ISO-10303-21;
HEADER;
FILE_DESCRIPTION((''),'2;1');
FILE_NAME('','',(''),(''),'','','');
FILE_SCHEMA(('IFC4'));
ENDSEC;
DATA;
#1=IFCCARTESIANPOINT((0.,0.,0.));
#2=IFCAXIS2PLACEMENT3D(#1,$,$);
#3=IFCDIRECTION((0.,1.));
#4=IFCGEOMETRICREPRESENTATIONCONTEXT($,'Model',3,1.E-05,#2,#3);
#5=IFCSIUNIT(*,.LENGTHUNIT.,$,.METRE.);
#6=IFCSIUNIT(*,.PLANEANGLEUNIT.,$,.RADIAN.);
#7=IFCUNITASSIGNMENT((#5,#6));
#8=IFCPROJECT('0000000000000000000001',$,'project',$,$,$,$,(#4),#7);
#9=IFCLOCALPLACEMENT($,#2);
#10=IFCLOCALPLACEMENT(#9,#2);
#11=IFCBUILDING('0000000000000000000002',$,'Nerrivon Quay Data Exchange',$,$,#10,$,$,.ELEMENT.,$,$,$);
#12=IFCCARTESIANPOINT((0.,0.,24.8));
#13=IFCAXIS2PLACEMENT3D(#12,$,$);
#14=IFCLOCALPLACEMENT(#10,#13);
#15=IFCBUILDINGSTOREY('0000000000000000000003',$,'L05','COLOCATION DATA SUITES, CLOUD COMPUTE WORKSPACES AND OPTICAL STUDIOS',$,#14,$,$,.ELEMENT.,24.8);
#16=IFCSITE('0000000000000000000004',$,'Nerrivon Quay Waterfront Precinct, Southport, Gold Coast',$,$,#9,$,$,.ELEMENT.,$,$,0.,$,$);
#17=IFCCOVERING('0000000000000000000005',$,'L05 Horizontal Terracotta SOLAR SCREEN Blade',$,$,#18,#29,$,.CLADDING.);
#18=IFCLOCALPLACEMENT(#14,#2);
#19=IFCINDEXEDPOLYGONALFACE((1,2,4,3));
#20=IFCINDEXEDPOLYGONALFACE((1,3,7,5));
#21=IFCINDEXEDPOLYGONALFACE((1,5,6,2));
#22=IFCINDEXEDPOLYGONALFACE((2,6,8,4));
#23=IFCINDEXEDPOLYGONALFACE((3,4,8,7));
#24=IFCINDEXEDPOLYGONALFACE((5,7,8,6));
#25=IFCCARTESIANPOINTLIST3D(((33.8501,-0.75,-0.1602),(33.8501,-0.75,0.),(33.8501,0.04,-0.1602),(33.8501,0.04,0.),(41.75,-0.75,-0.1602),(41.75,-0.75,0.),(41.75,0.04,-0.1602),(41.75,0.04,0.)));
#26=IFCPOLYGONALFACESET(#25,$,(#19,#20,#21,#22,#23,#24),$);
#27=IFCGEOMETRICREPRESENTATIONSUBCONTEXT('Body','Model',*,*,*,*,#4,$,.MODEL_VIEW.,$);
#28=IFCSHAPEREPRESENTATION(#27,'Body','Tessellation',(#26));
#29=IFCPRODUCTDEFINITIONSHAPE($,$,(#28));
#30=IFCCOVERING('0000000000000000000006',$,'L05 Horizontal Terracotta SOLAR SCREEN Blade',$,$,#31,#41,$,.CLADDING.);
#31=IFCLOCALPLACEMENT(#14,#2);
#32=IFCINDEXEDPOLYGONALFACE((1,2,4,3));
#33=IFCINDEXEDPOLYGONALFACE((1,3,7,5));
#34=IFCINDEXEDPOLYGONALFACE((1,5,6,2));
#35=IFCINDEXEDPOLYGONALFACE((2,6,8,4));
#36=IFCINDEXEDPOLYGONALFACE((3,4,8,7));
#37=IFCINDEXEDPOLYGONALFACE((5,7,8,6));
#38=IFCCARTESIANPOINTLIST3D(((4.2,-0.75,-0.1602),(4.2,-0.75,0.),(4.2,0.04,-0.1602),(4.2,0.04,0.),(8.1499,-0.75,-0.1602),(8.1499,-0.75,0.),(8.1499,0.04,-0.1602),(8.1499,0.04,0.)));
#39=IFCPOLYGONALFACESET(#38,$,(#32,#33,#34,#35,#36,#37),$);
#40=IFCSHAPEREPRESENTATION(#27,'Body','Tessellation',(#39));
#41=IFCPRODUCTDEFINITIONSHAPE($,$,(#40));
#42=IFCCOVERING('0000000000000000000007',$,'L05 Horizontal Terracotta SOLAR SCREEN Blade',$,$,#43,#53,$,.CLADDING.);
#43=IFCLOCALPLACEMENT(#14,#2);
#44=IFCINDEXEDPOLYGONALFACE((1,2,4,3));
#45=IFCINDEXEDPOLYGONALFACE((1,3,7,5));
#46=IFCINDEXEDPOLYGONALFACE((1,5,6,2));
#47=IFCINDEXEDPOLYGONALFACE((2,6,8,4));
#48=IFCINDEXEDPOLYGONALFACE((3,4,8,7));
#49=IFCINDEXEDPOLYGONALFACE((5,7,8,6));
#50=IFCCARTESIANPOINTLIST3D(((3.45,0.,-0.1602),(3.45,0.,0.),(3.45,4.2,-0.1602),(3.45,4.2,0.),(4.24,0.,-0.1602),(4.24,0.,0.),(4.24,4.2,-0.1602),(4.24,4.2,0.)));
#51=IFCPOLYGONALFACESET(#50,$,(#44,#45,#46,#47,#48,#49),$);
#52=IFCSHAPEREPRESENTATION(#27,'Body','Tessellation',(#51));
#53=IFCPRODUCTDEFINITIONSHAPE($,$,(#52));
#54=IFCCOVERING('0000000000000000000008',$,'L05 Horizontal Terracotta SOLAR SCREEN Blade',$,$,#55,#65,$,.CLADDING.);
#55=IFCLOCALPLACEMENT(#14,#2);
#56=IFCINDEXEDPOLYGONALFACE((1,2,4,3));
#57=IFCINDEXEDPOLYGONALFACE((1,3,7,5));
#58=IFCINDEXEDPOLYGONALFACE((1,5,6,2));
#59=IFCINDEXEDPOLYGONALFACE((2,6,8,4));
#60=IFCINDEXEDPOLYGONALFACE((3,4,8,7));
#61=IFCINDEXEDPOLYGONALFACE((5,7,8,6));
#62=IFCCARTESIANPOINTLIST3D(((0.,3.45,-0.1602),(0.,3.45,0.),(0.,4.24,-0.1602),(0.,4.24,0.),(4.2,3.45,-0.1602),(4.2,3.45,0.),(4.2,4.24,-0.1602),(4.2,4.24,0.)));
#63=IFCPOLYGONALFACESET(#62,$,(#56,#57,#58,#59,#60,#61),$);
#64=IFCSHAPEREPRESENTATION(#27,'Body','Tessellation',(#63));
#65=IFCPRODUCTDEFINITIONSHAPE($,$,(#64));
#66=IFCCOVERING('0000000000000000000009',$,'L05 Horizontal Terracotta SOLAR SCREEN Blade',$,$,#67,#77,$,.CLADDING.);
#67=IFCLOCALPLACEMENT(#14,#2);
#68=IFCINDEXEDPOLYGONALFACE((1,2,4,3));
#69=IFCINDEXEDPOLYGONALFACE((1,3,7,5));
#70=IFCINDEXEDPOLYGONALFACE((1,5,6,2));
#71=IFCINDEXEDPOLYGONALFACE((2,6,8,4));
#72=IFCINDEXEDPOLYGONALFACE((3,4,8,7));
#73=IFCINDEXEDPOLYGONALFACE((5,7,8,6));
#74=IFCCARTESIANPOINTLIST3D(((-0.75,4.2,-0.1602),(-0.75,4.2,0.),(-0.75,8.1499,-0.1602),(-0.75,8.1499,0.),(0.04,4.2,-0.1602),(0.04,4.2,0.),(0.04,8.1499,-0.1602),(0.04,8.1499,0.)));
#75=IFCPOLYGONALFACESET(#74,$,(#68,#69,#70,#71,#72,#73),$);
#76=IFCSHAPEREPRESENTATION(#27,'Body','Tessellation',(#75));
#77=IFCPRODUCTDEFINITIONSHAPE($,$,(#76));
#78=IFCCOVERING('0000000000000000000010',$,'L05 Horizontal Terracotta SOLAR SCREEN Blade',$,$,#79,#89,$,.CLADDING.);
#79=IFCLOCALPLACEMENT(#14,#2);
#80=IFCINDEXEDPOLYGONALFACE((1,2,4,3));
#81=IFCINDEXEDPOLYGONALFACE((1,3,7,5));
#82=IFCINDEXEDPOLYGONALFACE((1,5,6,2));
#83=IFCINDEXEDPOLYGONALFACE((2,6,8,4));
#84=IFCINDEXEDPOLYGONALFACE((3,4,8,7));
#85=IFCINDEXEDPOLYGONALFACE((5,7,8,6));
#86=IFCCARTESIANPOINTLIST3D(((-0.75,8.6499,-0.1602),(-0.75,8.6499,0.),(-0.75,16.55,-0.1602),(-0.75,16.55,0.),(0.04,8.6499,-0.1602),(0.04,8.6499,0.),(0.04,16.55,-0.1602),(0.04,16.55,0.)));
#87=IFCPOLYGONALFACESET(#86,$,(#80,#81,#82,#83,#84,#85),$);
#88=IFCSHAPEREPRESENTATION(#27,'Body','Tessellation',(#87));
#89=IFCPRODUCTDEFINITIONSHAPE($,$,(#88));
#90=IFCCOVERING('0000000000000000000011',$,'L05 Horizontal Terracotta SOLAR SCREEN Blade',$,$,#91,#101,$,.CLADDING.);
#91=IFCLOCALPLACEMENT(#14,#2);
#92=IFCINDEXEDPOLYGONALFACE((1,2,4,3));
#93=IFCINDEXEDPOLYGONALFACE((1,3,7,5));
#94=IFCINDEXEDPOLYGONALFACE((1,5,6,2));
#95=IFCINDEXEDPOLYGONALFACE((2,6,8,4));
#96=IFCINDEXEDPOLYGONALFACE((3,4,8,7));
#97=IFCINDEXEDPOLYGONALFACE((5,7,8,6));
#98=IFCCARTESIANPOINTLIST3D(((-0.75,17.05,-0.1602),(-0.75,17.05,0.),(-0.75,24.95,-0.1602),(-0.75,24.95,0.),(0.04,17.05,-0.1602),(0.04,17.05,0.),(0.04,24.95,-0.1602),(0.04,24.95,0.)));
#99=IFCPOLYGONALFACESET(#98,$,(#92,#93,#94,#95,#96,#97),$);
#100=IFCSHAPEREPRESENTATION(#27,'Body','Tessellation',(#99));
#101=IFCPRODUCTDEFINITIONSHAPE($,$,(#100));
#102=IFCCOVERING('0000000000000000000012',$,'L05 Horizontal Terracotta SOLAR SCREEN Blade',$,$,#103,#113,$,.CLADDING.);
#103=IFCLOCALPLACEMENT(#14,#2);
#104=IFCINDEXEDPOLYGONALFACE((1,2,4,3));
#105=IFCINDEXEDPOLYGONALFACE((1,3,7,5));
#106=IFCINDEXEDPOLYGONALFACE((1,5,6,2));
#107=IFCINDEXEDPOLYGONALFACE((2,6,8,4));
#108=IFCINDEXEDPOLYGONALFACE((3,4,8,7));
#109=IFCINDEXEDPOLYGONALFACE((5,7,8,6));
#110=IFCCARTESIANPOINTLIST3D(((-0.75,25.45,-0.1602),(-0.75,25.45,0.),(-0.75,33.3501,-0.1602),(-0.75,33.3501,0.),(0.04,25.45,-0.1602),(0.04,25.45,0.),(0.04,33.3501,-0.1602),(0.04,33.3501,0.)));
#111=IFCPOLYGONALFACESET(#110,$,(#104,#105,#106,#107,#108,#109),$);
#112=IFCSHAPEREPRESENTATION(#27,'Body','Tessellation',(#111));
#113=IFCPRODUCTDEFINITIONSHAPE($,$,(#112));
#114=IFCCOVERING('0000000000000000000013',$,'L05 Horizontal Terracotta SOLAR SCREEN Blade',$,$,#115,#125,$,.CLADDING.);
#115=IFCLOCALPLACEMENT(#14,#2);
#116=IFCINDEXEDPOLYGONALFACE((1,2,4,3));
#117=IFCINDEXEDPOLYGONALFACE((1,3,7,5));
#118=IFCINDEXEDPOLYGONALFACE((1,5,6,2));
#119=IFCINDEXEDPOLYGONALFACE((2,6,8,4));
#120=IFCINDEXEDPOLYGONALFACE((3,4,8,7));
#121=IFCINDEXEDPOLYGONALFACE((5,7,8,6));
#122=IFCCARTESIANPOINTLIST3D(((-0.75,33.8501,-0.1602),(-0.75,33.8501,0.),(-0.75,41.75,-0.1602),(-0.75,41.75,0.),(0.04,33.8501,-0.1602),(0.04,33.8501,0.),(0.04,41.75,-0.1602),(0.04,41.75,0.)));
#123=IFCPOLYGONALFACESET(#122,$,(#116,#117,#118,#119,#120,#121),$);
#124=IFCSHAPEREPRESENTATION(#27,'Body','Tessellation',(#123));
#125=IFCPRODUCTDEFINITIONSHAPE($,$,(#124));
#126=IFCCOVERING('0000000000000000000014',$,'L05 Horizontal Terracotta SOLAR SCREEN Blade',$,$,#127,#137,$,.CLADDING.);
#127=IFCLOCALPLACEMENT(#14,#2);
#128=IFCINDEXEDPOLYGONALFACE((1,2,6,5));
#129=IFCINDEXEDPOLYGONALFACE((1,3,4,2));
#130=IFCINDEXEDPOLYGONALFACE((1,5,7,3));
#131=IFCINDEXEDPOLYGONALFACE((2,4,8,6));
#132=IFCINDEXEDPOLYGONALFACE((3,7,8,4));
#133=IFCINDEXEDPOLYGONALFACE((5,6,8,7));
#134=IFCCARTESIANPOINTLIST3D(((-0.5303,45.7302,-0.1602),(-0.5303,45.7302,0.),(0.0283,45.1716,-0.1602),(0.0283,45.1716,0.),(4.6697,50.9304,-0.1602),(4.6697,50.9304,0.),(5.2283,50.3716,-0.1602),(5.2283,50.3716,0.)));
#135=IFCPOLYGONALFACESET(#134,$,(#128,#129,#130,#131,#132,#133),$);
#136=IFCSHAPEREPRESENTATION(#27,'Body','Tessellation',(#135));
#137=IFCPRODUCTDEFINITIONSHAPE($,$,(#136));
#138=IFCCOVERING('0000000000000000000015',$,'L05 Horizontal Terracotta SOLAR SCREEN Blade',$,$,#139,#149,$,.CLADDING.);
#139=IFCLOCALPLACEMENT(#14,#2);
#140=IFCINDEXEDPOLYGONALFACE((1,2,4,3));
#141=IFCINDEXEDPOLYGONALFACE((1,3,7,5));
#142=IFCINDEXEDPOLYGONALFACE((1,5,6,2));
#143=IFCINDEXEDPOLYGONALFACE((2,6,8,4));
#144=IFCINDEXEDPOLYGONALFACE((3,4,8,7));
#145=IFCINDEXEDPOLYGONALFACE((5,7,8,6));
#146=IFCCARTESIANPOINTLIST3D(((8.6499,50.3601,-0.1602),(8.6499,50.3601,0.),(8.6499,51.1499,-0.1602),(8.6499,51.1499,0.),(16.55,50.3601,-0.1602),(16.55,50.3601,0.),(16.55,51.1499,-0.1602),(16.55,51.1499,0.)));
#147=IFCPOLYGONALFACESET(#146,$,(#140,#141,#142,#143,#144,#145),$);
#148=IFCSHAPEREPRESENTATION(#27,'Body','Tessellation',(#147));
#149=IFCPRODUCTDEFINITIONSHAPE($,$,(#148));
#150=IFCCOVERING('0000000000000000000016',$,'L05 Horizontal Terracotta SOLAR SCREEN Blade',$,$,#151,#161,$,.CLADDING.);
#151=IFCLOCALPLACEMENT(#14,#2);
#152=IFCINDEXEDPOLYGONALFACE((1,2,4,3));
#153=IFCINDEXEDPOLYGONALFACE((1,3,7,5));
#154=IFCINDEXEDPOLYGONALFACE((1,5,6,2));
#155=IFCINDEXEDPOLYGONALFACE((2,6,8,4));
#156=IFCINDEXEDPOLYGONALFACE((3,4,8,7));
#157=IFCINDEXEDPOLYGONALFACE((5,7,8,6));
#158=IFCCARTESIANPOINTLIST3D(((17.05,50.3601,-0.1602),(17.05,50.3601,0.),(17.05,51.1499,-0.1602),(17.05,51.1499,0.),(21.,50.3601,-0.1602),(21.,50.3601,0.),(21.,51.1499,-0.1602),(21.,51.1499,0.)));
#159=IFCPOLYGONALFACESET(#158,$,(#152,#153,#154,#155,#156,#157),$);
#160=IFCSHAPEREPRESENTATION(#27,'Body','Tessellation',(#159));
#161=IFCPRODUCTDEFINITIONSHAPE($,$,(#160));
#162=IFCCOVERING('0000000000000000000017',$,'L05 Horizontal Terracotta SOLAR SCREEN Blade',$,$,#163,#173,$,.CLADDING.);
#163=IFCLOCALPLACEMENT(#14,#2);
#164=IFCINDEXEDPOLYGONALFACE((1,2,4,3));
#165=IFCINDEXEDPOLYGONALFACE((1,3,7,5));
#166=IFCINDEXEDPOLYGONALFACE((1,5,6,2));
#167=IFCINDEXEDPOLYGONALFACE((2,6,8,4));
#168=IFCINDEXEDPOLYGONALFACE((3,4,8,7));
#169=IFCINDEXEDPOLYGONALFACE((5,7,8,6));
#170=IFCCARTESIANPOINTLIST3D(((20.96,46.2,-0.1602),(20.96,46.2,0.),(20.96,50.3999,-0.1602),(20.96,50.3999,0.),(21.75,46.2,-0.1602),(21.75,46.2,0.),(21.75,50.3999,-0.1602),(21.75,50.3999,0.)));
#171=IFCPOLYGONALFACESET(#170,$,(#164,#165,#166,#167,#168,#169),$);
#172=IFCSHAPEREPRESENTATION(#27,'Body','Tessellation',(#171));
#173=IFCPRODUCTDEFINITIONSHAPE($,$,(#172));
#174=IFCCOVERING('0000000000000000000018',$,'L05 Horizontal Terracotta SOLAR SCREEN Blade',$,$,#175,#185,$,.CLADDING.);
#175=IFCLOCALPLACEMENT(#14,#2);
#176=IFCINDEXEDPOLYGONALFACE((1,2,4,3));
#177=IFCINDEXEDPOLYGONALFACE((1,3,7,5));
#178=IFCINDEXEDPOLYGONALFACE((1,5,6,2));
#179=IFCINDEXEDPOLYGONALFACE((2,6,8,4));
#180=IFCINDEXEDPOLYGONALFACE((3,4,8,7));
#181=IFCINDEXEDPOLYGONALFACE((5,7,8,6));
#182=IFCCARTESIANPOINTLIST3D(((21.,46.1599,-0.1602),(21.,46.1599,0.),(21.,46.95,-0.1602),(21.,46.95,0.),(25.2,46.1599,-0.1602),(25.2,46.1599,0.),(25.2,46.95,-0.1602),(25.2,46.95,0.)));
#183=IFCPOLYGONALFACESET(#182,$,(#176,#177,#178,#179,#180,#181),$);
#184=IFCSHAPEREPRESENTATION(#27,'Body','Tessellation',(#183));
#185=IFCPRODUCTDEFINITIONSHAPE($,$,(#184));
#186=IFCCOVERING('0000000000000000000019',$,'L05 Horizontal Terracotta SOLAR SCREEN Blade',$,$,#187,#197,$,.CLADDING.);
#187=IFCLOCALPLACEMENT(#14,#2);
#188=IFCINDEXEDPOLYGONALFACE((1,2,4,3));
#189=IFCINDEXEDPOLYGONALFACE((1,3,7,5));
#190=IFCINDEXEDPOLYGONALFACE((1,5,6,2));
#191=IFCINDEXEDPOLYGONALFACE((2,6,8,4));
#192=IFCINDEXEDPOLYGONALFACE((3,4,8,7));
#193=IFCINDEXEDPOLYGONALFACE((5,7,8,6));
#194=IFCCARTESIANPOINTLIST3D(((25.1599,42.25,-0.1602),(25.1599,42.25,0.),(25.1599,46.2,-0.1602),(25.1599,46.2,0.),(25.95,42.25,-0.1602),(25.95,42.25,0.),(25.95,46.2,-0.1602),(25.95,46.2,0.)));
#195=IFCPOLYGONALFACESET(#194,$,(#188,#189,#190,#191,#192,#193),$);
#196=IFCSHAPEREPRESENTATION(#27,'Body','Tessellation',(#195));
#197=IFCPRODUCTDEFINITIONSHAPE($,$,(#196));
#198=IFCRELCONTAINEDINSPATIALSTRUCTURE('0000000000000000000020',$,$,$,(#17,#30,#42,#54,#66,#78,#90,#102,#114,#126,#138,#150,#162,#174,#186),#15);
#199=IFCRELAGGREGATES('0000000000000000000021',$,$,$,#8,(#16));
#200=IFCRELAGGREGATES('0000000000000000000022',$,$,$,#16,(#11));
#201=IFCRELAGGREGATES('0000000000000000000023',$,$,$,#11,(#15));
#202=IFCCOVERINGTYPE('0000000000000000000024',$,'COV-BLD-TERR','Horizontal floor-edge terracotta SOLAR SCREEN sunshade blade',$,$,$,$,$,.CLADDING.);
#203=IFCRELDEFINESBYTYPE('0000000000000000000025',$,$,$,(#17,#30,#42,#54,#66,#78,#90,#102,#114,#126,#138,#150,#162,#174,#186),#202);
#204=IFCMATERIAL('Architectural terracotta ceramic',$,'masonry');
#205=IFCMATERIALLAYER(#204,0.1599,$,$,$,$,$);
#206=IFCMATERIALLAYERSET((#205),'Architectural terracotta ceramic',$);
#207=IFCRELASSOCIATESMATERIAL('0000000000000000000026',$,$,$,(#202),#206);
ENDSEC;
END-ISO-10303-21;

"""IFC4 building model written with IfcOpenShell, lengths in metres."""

from ifc_helpers import new_model, si_unit, direction, frame, origin, place, context, subcontext, project, spatial, polyline, outline, extrude, material, layer, layer_set, type_object, element, save


model = new_model("IFC4")

# Units and contexts
model_context = context("Model", 3, precision=1e-05, world=origin(), true_north=direction((0.0, 1.0)))
body_context = subcontext(model_context, "Body", "Model", "MODEL_VIEW")
ifc_project = project(units=[si_unit("LENGTHUNIT", "METRE"), si_unit("PLANEANGLEUNIT", "RADIAN")], contexts=[model_context])

# Site, building, storey
site_placement = place(None, origin())
site = spatial("IfcSite", under=ifc_project, at=site_placement, Name="Nerrivon Quay Waterfront Precinct, Southport, Gold Coast", CompositionType="ELEMENT", RefElevation=0.0)
building_placement = place(site_placement, origin())
building = spatial("IfcBuilding", under=site, at=building_placement, Name="Nerrivon Quay Data Exchange", CompositionType="ELEMENT")
storey_placement = place(building_placement, frame((0.0, 0.0, 24.8)))
storey = spatial("IfcBuildingStorey", under=building, at=storey_placement, Name="L05", Description="COLOCATION DATA SUITES, CLOUD COMPUTE WORKSPACES AND OPTICAL STUDIOS", CompositionType="ELEMENT", Elevation=24.8)

# Coverings
ifc_material_1 = material(Name="Architectural terracotta ceramic", Category="masonry")
ifc_layer_1 = layer(ifc_material_1, 0.1599)
ifc_layer_set_1 = layer_set([ifc_layer_1], Name="Architectural terracotta ceramic")
covering_type = type_object("IfcCoveringType", Name="COV-BLD-TERR", Description="Horizontal floor-edge terracotta SOLAR SCREEN sunshade blade", PredefinedType="CLADDING", material=ifc_layer_set_1)
covering_1_placement = place(storey_placement, frame((0.0, 0.0, -0.1602)))
element("IfcCovering", 1, at=covering_1_placement, inside=storey, type_object=covering_type, Name="L05 Horizontal Terracotta SOLAR SCREEN Blade", PredefinedType="CLADDING", context=body_context, shape_type="SweptSolid", body=[
    extrude(outline(polyline([(41.75, 0.04), (33.8501, 0.04), (33.8501, -0.75), (41.75, -0.75), (41.75, 0.04)])), origin(), (0.0, 0.0, 1.0), 0.1602),
])
covering_2_placement = place(storey_placement, frame((0.0, 0.0, -0.1602)))
element("IfcCovering", 2, at=covering_2_placement, inside=storey, type_object=covering_type, Name="L05 Horizontal Terracotta SOLAR SCREEN Blade", PredefinedType="CLADDING", context=body_context, shape_type="SweptSolid", body=[
    extrude(outline(polyline([(8.1499, 0.04), (4.2, 0.04), (4.2, -0.75), (8.1499, -0.75), (8.1499, 0.04)])), origin(), (0.0, 0.0, 1.0), 0.1602),
])
covering_3_placement = place(storey_placement, frame((0.0, 0.0, -0.1602)))
element("IfcCovering", 3, at=covering_3_placement, inside=storey, type_object=covering_type, Name="L05 Horizontal Terracotta SOLAR SCREEN Blade", PredefinedType="CLADDING", context=body_context, shape_type="SweptSolid", body=[
    extrude(outline(polyline([(4.24, 0.0), (4.24, 4.2), (3.45, 4.2), (3.45, 0.0), (4.24, 0.0)])), origin(), (0.0, 0.0, 1.0), 0.1602),
])
covering_4_placement = place(storey_placement, frame((0.0, 0.0, -0.1602)))
element("IfcCovering", 4, at=covering_4_placement, inside=storey, type_object=covering_type, Name="L05 Horizontal Terracotta SOLAR SCREEN Blade", PredefinedType="CLADDING", context=body_context, shape_type="SweptSolid", body=[
    extrude(outline(polyline([(4.2, 4.24), (0.0, 4.24), (0.0, 3.45), (4.2, 3.45), (4.2, 4.24)])), origin(), (0.0, 0.0, 1.0), 0.1602),
])
covering_5_placement = place(storey_placement, frame((0.0, 0.0, -0.1602)))
element("IfcCovering", 5, at=covering_5_placement, inside=storey, type_object=covering_type, Name="L05 Horizontal Terracotta SOLAR SCREEN Blade", PredefinedType="CLADDING", context=body_context, shape_type="SweptSolid", body=[
    extrude(outline(polyline([(0.04, 4.2), (0.04, 8.1499), (-0.75, 8.1499), (-0.75, 4.2), (0.04, 4.2)])), origin(), (0.0, 0.0, 1.0), 0.1602),
])
covering_6_placement = place(storey_placement, frame((0.0, 0.0, -0.1602)))
element("IfcCovering", 6, at=covering_6_placement, inside=storey, type_object=covering_type, Name="L05 Horizontal Terracotta SOLAR SCREEN Blade", PredefinedType="CLADDING", context=body_context, shape_type="SweptSolid", body=[
    extrude(outline(polyline([(0.04, 8.6499), (0.04, 16.55), (-0.75, 16.55), (-0.75, 8.6499), (0.04, 8.6499)])), origin(), (0.0, 0.0, 1.0), 0.1602),
])
covering_7_placement = place(storey_placement, frame((0.0, 0.0, -0.1602)))
element("IfcCovering", 7, at=covering_7_placement, inside=storey, type_object=covering_type, Name="L05 Horizontal Terracotta SOLAR SCREEN Blade", PredefinedType="CLADDING", context=body_context, shape_type="SweptSolid", body=[
    extrude(outline(polyline([(0.04, 17.05), (0.04, 24.95), (-0.75, 24.95), (-0.75, 17.05), (0.04, 17.05)])), origin(), (0.0, 0.0, 1.0), 0.1602),
])
covering_8_placement = place(storey_placement, frame((0.0, 0.0, -0.1602)))
element("IfcCovering", 8, at=covering_8_placement, inside=storey, type_object=covering_type, Name="L05 Horizontal Terracotta SOLAR SCREEN Blade", PredefinedType="CLADDING", context=body_context, shape_type="SweptSolid", body=[
    extrude(outline(polyline([(0.04, 25.45), (0.04, 33.3501), (-0.75, 33.3501), (-0.75, 25.45), (0.04, 25.45)])), origin(), (0.0, 0.0, 1.0), 0.1602),
])
covering_9_placement = place(storey_placement, frame((0.0, 0.0, -0.1602)))
element("IfcCovering", 9, at=covering_9_placement, inside=storey, type_object=covering_type, Name="L05 Horizontal Terracotta SOLAR SCREEN Blade", PredefinedType="CLADDING", context=body_context, shape_type="SweptSolid", body=[
    extrude(outline(polyline([(0.04, 33.8501), (0.04, 41.75), (-0.75, 41.75), (-0.75, 33.8501), (0.04, 33.8501)])), origin(), (0.0, 0.0, 1.0), 0.1602),
])
covering_10_placement = place(storey_placement, frame((0.0, 0.0, -0.1602)))
element("IfcCovering", 10, at=covering_10_placement, inside=storey, type_object=covering_type, Name="L05 Horizontal Terracotta SOLAR SCREEN Blade", PredefinedType="CLADDING", context=body_context, shape_type="SweptSolid", body=[
    extrude(outline(polyline([(0.0283, 45.1716), (5.2283, 50.3716), (4.6697, 50.9304), (-0.5303, 45.7302), (0.0283, 45.1716)])), origin(), (0.0, 0.0, 1.0), 0.1602),
])
covering_11_placement = place(storey_placement, frame((0.0, 0.0, -0.1602)))
element("IfcCovering", 11, at=covering_11_placement, inside=storey, type_object=covering_type, Name="L05 Horizontal Terracotta SOLAR SCREEN Blade", PredefinedType="CLADDING", context=body_context, shape_type="SweptSolid", body=[
    extrude(outline(polyline([(8.6499, 50.3601), (16.55, 50.3601), (16.55, 51.1499), (8.6499, 51.1499), (8.6499, 50.3601)])), origin(), (0.0, 0.0, 1.0), 0.1602),
])
covering_12_placement = place(storey_placement, frame((0.0, 0.0, -0.1602)))
element("IfcCovering", 12, at=covering_12_placement, inside=storey, type_object=covering_type, Name="L05 Horizontal Terracotta SOLAR SCREEN Blade", PredefinedType="CLADDING", context=body_context, shape_type="SweptSolid", body=[
    extrude(outline(polyline([(17.05, 50.3601), (21.0, 50.3601), (21.0, 51.1499), (17.05, 51.1499), (17.05, 50.3601)])), origin(), (0.0, 0.0, 1.0), 0.1602),
])
covering_13_placement = place(storey_placement, frame((0.0, 0.0, -0.1602)))
element("IfcCovering", 13, at=covering_13_placement, inside=storey, type_object=covering_type, Name="L05 Horizontal Terracotta SOLAR SCREEN Blade", PredefinedType="CLADDING", context=body_context, shape_type="SweptSolid", body=[
    extrude(outline(polyline([(20.96, 50.3999), (20.96, 46.2), (21.75, 46.2), (21.75, 50.3999), (20.96, 50.3999)])), origin(), (0.0, 0.0, 1.0), 0.1602),
])
covering_14_placement = place(storey_placement, frame((0.0, 0.0, -0.1602)))
element("IfcCovering", 14, at=covering_14_placement, inside=storey, type_object=covering_type, Name="L05 Horizontal Terracotta SOLAR SCREEN Blade", PredefinedType="CLADDING", context=body_context, shape_type="SweptSolid", body=[
    extrude(outline(polyline([(21.0, 46.1599), (25.2, 46.1599), (25.2, 46.95), (21.0, 46.95), (21.0, 46.1599)])), origin(), (0.0, 0.0, 1.0), 0.1602),
])
covering_15_placement = place(storey_placement, frame((0.0, 0.0, -0.1602)))
element("IfcCovering", 15, at=covering_15_placement, inside=storey, type_object=covering_type, Name="L05 Horizontal Terracotta SOLAR SCREEN Blade", PredefinedType="CLADDING", context=body_context, shape_type="SweptSolid", body=[
    extrude(outline(polyline([(25.1599, 46.2), (25.1599, 42.25), (25.95, 42.25), (25.95, 46.2), (25.1599, 46.2)])), origin(), (0.0, 0.0, 1.0), 0.1602),
])

save(model, "model.ifc")
